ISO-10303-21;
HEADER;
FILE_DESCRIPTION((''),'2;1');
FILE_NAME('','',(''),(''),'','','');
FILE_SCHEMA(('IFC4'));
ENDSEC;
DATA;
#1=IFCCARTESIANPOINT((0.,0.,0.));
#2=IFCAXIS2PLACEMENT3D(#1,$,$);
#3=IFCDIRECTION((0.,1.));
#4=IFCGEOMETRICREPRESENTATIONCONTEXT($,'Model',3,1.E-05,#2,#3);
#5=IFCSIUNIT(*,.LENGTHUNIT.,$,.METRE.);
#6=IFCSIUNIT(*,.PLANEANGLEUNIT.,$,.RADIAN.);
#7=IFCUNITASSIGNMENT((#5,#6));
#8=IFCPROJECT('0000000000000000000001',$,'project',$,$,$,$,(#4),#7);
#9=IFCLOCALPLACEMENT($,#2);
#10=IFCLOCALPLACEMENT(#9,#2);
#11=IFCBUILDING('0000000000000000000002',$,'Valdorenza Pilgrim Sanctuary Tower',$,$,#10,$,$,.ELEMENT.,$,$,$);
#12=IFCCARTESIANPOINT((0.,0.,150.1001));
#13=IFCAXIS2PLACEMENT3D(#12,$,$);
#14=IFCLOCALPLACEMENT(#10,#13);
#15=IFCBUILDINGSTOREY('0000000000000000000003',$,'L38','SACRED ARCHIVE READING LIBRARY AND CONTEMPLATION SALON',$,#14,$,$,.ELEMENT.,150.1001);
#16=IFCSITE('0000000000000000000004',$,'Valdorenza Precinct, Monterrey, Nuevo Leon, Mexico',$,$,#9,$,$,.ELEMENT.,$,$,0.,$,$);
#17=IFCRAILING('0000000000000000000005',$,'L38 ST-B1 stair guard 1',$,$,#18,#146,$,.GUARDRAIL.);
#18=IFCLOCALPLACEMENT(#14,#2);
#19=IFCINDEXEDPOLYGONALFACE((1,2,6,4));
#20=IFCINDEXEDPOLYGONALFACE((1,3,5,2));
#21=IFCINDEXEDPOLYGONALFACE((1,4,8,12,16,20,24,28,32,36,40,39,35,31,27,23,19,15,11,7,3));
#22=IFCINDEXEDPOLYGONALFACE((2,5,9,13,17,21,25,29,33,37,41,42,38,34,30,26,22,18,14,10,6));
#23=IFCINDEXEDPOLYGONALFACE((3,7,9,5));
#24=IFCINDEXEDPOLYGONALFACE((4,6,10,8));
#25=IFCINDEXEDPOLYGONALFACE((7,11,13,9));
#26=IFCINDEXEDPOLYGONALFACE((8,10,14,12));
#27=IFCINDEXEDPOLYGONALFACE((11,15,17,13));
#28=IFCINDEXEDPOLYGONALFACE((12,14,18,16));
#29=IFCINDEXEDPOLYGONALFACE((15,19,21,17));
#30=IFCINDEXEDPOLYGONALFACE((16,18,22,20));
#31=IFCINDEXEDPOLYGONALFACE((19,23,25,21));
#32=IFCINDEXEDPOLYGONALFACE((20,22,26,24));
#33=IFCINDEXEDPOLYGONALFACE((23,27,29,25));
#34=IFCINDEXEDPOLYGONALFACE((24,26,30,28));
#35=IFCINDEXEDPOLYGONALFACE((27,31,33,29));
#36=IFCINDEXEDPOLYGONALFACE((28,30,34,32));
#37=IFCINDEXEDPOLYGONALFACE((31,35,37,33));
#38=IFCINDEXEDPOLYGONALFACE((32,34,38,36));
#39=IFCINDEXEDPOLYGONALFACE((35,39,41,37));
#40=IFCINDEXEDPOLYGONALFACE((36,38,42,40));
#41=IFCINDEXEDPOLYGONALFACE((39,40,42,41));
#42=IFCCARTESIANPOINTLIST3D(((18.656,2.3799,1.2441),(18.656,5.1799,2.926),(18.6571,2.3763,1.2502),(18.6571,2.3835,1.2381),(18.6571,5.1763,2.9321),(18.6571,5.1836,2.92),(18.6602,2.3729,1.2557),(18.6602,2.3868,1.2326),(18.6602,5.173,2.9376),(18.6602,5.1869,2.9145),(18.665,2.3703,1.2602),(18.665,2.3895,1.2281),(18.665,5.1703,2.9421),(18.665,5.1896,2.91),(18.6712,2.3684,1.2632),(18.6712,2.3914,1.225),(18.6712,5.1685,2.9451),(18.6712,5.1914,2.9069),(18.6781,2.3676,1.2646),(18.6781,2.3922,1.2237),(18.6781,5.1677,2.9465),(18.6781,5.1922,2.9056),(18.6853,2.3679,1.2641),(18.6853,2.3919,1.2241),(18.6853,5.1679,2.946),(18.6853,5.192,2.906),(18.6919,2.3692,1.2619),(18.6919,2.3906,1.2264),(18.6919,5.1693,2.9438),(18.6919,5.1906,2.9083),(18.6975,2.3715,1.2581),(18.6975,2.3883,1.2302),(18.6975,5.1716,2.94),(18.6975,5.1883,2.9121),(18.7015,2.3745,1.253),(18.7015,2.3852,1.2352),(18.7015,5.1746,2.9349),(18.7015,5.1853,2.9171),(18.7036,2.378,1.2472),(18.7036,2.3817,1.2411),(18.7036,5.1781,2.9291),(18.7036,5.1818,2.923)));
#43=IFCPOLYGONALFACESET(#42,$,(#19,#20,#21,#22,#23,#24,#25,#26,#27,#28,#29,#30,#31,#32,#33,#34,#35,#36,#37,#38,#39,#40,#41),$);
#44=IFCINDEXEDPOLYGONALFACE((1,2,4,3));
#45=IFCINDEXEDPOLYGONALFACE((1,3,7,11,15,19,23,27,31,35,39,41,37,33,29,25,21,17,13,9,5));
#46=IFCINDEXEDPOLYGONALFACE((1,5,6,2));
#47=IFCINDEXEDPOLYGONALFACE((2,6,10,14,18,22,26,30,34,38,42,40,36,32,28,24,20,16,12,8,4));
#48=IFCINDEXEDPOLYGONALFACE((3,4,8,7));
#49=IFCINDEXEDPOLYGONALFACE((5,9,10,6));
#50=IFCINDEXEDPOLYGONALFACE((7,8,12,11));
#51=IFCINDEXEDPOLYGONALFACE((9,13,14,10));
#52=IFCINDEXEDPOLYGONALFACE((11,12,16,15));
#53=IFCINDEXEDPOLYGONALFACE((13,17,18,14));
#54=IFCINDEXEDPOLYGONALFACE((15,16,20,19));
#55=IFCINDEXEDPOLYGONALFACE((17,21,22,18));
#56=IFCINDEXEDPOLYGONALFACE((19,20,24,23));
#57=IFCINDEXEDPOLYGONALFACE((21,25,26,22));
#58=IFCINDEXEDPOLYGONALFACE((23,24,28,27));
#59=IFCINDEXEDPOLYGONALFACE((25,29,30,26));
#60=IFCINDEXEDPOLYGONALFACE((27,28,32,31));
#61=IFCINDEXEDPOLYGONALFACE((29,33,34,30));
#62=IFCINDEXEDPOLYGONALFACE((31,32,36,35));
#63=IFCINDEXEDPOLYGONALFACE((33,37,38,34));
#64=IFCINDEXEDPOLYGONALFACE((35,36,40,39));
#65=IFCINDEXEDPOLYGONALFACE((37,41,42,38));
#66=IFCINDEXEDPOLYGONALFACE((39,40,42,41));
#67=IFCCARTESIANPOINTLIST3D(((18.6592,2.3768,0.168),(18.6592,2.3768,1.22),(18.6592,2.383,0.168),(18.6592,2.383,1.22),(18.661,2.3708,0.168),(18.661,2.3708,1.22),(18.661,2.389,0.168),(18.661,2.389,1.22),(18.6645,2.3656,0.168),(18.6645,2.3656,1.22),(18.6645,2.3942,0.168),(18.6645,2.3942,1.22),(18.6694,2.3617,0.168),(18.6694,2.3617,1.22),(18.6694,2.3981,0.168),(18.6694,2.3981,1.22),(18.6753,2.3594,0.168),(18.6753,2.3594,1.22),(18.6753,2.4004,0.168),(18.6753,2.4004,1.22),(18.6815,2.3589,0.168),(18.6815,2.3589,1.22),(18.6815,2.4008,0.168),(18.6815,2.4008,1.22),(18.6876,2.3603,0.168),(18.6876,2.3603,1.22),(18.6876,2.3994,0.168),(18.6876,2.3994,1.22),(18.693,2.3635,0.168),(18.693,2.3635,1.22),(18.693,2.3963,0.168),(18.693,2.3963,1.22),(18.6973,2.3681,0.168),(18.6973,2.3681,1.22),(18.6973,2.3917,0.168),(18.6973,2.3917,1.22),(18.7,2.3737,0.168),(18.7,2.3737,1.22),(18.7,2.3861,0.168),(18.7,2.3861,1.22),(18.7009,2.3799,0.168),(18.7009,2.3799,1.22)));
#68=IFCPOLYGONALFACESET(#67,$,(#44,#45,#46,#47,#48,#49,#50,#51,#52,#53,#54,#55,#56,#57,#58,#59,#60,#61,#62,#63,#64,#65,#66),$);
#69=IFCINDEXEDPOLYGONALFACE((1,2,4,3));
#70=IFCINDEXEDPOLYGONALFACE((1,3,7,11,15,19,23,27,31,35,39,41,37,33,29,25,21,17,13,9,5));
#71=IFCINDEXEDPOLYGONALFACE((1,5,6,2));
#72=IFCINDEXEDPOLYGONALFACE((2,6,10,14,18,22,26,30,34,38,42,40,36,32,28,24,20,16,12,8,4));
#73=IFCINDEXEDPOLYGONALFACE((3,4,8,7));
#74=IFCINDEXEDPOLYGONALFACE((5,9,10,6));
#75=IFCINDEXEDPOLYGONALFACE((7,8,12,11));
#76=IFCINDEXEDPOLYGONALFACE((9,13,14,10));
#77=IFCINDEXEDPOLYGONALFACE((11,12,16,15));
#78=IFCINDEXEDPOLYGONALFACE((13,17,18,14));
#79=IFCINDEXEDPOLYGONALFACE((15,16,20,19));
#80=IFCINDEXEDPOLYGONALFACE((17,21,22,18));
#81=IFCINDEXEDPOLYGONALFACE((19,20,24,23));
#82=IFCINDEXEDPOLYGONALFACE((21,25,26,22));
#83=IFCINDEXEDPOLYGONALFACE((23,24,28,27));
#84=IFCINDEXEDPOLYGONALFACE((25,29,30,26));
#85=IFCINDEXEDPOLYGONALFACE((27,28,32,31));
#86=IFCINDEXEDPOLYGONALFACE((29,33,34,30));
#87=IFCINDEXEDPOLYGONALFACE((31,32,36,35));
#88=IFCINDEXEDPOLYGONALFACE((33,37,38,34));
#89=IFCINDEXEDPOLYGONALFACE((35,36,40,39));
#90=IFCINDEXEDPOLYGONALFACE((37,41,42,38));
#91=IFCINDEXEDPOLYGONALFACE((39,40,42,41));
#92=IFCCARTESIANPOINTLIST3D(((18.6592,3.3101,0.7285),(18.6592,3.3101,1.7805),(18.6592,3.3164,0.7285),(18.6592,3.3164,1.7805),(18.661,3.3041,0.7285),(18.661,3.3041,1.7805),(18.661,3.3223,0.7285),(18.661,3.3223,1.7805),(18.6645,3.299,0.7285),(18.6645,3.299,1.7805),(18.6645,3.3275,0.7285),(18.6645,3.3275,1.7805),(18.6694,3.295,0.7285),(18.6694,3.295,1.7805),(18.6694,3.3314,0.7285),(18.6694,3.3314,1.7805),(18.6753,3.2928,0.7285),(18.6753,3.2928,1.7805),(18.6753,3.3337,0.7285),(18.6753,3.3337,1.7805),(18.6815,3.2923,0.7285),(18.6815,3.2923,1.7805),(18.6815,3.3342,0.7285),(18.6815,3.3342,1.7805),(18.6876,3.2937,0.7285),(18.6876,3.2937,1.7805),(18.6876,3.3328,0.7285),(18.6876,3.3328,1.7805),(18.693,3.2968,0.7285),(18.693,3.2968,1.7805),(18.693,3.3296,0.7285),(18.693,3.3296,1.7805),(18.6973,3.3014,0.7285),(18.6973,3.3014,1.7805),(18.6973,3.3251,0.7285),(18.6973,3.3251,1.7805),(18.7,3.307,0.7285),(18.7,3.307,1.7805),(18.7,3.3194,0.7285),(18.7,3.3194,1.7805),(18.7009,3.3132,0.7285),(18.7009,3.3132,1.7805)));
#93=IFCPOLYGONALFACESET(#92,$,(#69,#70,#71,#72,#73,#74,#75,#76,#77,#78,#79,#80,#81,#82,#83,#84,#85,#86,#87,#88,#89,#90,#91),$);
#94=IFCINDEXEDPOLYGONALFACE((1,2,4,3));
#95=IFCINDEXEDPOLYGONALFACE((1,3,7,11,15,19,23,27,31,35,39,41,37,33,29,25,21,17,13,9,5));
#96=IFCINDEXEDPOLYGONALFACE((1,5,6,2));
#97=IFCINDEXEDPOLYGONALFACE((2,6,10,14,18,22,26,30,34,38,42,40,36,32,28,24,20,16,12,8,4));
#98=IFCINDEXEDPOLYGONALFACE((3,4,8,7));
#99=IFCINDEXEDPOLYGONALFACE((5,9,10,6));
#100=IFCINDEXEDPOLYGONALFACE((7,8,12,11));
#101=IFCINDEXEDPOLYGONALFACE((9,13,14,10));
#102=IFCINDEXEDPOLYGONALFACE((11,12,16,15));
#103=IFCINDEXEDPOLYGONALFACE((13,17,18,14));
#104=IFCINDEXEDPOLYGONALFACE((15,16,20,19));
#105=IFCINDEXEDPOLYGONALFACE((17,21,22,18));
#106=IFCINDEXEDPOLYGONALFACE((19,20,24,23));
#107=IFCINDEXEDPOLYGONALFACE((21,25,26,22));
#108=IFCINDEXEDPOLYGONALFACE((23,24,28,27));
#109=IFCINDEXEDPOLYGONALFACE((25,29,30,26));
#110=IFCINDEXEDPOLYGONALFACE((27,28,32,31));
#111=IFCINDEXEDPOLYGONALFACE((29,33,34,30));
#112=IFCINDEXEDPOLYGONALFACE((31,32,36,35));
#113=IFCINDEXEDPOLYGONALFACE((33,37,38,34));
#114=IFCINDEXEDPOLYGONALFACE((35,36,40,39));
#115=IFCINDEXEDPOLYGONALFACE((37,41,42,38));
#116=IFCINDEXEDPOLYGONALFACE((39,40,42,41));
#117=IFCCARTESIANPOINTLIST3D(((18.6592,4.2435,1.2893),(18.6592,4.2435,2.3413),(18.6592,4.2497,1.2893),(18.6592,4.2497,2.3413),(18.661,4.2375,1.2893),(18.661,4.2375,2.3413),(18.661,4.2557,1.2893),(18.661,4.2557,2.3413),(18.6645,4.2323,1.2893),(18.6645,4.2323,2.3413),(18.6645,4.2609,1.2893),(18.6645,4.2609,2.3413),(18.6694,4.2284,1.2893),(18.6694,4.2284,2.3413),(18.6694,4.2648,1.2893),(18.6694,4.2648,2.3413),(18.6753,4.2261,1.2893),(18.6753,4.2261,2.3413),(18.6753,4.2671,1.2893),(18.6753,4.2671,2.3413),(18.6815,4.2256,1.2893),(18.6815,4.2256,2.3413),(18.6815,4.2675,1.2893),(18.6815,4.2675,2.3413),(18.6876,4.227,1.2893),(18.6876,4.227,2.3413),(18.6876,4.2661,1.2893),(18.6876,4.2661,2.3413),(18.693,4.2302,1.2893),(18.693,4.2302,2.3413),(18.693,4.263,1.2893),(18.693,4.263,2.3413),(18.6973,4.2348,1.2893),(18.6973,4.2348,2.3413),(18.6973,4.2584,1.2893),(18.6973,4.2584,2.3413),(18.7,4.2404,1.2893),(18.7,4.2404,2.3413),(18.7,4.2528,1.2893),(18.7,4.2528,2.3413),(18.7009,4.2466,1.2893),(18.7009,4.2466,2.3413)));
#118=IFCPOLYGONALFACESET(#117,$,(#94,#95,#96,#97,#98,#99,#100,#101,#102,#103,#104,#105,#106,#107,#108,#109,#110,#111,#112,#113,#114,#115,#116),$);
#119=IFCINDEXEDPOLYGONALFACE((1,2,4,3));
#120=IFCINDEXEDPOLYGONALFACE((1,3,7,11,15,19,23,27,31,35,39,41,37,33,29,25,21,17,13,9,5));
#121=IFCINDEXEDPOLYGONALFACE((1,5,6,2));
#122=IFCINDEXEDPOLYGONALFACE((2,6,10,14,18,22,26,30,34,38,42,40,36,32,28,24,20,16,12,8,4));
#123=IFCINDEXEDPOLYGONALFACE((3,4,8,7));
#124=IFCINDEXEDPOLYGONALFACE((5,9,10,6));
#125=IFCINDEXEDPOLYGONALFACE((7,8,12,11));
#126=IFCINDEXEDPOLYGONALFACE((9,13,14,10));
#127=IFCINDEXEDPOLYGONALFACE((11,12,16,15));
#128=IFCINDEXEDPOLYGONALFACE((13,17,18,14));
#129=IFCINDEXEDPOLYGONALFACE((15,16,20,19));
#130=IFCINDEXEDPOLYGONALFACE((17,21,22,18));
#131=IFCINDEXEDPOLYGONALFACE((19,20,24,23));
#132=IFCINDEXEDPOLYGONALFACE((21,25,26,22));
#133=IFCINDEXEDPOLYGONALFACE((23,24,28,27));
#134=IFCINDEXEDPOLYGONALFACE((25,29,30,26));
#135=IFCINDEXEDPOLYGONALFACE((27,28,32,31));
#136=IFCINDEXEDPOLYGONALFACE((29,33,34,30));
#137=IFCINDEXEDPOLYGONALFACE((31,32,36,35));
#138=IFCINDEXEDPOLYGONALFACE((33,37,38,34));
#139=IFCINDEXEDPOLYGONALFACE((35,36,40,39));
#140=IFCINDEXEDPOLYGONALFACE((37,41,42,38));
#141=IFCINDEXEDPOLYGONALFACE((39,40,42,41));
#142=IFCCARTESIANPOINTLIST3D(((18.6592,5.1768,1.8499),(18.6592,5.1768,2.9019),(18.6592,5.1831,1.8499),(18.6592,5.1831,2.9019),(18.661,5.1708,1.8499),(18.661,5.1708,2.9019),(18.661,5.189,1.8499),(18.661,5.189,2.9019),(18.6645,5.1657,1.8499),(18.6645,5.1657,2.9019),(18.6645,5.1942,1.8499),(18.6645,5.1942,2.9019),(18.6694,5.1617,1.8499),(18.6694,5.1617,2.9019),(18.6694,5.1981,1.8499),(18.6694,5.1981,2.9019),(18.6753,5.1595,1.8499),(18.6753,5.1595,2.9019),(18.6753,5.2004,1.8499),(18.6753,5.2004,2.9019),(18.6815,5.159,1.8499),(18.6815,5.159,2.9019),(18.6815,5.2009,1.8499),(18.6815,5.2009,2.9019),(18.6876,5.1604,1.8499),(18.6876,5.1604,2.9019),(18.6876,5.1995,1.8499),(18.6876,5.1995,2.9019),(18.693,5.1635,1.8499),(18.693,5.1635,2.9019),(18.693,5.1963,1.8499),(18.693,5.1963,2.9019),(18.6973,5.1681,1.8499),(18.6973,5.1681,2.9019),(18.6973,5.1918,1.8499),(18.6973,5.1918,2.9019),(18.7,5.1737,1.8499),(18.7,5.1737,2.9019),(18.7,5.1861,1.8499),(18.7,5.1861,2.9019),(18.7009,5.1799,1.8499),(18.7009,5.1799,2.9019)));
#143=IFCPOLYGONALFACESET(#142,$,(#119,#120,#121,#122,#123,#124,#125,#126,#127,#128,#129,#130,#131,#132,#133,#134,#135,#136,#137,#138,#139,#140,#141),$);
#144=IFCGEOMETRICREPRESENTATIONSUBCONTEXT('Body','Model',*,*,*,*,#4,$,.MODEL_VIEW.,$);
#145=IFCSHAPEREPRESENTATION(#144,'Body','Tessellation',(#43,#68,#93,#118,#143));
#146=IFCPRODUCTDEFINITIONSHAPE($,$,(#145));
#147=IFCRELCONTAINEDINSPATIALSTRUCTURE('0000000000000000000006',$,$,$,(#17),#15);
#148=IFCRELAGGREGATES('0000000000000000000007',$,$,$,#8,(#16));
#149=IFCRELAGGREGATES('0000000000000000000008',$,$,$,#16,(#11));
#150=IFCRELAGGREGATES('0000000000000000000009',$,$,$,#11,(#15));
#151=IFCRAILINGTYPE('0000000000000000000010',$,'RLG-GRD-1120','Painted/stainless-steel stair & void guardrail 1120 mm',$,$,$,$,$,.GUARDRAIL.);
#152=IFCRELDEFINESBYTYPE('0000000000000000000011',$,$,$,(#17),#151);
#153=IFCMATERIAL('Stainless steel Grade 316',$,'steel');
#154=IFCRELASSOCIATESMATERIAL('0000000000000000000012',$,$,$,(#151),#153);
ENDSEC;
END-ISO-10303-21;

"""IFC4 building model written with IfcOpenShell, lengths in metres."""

from ifc_helpers import new_model, si_unit, direction, frame, origin, origin_2d, place, context, subcontext, project, spatial, circle, extrude, material, type_object, element, save


model = new_model("IFC4")

# Units and contexts
model_context = context("Model", 3, precision=1e-05, world=origin(), true_north=direction((0.0, 1.0)))
body_context = subcontext(model_context, "Body", "Model", "MODEL_VIEW")
ifc_project = project(units=[si_unit("LENGTHUNIT", "METRE"), si_unit("PLANEANGLEUNIT", "RADIAN")], contexts=[model_context])

# Site, building, storey
site_placement = place(None, origin())
site = spatial("IfcSite", under=ifc_project, at=site_placement, Name="Valdorenza Precinct, Monterrey, Nuevo Leon, Mexico", CompositionType="ELEMENT", RefElevation=0.0)
building_placement = place(site_placement, origin())
building = spatial("IfcBuilding", under=site, at=building_placement, Name="Valdorenza Pilgrim Sanctuary Tower", CompositionType="ELEMENT")
storey_placement = place(building_placement, frame((0.0, 0.0, 150.1001)))
storey = spatial("IfcBuildingStorey", under=building, at=storey_placement, Name="L38", Description="SACRED ARCHIVE READING LIBRARY AND CONTEMPLATION SALON", CompositionType="ELEMENT", Elevation=150.1001)

# Railing
ifc_material_1 = material(Name="Stainless steel Grade 316", Category="steel")
railing_type_1 = type_object("IfcRailingType", Name="RLG-GRD-1120", Description="Painted/stainless-steel stair & void guardrail 1120 mm", PredefinedType="GUARDRAIL", material=ifc_material_1)
railing_1_placement = place(storey_placement, frame((18.6799, 2.3799, 0.168)))
element("IfcRailing", 1, at=railing_1_placement, inside=storey, type_object=railing_type_1, Name="L38 ST-B1 stair guard 1", PredefinedType="GUARDRAIL", context=body_context, shape_type="SweptSolid", body=[
    extrude(circle(Radius=0.0239, at=origin_2d()), frame((0.0, 0.0, 1.0762), z_axis=(0.0, 0.857242, 0.514913), x_axis=(-1.0, 0.0, 0.0)), (0.0, 0.0, 1.0), 3.2664),
    extrude(circle(Radius=0.021, at=origin_2d()), origin(), (0.0, 0.0, 1.0), 1.052),
    extrude(circle(Radius=0.021, at=origin_2d()), frame((0.0, 0.9333, 0.5605)), (0.0, 0.0, 1.0), 1.052),
    extrude(circle(Radius=0.021, at=origin_2d()), frame((0.0, 1.8667, 1.1213)), (0.0, 0.0, 1.0), 1.052),
    extrude(circle(Radius=0.021, at=origin_2d()), frame((0.0, 2.8, 1.6819)), (0.0, 0.0, 1.0), 1.052),
])

save(model, "model.ifc")
